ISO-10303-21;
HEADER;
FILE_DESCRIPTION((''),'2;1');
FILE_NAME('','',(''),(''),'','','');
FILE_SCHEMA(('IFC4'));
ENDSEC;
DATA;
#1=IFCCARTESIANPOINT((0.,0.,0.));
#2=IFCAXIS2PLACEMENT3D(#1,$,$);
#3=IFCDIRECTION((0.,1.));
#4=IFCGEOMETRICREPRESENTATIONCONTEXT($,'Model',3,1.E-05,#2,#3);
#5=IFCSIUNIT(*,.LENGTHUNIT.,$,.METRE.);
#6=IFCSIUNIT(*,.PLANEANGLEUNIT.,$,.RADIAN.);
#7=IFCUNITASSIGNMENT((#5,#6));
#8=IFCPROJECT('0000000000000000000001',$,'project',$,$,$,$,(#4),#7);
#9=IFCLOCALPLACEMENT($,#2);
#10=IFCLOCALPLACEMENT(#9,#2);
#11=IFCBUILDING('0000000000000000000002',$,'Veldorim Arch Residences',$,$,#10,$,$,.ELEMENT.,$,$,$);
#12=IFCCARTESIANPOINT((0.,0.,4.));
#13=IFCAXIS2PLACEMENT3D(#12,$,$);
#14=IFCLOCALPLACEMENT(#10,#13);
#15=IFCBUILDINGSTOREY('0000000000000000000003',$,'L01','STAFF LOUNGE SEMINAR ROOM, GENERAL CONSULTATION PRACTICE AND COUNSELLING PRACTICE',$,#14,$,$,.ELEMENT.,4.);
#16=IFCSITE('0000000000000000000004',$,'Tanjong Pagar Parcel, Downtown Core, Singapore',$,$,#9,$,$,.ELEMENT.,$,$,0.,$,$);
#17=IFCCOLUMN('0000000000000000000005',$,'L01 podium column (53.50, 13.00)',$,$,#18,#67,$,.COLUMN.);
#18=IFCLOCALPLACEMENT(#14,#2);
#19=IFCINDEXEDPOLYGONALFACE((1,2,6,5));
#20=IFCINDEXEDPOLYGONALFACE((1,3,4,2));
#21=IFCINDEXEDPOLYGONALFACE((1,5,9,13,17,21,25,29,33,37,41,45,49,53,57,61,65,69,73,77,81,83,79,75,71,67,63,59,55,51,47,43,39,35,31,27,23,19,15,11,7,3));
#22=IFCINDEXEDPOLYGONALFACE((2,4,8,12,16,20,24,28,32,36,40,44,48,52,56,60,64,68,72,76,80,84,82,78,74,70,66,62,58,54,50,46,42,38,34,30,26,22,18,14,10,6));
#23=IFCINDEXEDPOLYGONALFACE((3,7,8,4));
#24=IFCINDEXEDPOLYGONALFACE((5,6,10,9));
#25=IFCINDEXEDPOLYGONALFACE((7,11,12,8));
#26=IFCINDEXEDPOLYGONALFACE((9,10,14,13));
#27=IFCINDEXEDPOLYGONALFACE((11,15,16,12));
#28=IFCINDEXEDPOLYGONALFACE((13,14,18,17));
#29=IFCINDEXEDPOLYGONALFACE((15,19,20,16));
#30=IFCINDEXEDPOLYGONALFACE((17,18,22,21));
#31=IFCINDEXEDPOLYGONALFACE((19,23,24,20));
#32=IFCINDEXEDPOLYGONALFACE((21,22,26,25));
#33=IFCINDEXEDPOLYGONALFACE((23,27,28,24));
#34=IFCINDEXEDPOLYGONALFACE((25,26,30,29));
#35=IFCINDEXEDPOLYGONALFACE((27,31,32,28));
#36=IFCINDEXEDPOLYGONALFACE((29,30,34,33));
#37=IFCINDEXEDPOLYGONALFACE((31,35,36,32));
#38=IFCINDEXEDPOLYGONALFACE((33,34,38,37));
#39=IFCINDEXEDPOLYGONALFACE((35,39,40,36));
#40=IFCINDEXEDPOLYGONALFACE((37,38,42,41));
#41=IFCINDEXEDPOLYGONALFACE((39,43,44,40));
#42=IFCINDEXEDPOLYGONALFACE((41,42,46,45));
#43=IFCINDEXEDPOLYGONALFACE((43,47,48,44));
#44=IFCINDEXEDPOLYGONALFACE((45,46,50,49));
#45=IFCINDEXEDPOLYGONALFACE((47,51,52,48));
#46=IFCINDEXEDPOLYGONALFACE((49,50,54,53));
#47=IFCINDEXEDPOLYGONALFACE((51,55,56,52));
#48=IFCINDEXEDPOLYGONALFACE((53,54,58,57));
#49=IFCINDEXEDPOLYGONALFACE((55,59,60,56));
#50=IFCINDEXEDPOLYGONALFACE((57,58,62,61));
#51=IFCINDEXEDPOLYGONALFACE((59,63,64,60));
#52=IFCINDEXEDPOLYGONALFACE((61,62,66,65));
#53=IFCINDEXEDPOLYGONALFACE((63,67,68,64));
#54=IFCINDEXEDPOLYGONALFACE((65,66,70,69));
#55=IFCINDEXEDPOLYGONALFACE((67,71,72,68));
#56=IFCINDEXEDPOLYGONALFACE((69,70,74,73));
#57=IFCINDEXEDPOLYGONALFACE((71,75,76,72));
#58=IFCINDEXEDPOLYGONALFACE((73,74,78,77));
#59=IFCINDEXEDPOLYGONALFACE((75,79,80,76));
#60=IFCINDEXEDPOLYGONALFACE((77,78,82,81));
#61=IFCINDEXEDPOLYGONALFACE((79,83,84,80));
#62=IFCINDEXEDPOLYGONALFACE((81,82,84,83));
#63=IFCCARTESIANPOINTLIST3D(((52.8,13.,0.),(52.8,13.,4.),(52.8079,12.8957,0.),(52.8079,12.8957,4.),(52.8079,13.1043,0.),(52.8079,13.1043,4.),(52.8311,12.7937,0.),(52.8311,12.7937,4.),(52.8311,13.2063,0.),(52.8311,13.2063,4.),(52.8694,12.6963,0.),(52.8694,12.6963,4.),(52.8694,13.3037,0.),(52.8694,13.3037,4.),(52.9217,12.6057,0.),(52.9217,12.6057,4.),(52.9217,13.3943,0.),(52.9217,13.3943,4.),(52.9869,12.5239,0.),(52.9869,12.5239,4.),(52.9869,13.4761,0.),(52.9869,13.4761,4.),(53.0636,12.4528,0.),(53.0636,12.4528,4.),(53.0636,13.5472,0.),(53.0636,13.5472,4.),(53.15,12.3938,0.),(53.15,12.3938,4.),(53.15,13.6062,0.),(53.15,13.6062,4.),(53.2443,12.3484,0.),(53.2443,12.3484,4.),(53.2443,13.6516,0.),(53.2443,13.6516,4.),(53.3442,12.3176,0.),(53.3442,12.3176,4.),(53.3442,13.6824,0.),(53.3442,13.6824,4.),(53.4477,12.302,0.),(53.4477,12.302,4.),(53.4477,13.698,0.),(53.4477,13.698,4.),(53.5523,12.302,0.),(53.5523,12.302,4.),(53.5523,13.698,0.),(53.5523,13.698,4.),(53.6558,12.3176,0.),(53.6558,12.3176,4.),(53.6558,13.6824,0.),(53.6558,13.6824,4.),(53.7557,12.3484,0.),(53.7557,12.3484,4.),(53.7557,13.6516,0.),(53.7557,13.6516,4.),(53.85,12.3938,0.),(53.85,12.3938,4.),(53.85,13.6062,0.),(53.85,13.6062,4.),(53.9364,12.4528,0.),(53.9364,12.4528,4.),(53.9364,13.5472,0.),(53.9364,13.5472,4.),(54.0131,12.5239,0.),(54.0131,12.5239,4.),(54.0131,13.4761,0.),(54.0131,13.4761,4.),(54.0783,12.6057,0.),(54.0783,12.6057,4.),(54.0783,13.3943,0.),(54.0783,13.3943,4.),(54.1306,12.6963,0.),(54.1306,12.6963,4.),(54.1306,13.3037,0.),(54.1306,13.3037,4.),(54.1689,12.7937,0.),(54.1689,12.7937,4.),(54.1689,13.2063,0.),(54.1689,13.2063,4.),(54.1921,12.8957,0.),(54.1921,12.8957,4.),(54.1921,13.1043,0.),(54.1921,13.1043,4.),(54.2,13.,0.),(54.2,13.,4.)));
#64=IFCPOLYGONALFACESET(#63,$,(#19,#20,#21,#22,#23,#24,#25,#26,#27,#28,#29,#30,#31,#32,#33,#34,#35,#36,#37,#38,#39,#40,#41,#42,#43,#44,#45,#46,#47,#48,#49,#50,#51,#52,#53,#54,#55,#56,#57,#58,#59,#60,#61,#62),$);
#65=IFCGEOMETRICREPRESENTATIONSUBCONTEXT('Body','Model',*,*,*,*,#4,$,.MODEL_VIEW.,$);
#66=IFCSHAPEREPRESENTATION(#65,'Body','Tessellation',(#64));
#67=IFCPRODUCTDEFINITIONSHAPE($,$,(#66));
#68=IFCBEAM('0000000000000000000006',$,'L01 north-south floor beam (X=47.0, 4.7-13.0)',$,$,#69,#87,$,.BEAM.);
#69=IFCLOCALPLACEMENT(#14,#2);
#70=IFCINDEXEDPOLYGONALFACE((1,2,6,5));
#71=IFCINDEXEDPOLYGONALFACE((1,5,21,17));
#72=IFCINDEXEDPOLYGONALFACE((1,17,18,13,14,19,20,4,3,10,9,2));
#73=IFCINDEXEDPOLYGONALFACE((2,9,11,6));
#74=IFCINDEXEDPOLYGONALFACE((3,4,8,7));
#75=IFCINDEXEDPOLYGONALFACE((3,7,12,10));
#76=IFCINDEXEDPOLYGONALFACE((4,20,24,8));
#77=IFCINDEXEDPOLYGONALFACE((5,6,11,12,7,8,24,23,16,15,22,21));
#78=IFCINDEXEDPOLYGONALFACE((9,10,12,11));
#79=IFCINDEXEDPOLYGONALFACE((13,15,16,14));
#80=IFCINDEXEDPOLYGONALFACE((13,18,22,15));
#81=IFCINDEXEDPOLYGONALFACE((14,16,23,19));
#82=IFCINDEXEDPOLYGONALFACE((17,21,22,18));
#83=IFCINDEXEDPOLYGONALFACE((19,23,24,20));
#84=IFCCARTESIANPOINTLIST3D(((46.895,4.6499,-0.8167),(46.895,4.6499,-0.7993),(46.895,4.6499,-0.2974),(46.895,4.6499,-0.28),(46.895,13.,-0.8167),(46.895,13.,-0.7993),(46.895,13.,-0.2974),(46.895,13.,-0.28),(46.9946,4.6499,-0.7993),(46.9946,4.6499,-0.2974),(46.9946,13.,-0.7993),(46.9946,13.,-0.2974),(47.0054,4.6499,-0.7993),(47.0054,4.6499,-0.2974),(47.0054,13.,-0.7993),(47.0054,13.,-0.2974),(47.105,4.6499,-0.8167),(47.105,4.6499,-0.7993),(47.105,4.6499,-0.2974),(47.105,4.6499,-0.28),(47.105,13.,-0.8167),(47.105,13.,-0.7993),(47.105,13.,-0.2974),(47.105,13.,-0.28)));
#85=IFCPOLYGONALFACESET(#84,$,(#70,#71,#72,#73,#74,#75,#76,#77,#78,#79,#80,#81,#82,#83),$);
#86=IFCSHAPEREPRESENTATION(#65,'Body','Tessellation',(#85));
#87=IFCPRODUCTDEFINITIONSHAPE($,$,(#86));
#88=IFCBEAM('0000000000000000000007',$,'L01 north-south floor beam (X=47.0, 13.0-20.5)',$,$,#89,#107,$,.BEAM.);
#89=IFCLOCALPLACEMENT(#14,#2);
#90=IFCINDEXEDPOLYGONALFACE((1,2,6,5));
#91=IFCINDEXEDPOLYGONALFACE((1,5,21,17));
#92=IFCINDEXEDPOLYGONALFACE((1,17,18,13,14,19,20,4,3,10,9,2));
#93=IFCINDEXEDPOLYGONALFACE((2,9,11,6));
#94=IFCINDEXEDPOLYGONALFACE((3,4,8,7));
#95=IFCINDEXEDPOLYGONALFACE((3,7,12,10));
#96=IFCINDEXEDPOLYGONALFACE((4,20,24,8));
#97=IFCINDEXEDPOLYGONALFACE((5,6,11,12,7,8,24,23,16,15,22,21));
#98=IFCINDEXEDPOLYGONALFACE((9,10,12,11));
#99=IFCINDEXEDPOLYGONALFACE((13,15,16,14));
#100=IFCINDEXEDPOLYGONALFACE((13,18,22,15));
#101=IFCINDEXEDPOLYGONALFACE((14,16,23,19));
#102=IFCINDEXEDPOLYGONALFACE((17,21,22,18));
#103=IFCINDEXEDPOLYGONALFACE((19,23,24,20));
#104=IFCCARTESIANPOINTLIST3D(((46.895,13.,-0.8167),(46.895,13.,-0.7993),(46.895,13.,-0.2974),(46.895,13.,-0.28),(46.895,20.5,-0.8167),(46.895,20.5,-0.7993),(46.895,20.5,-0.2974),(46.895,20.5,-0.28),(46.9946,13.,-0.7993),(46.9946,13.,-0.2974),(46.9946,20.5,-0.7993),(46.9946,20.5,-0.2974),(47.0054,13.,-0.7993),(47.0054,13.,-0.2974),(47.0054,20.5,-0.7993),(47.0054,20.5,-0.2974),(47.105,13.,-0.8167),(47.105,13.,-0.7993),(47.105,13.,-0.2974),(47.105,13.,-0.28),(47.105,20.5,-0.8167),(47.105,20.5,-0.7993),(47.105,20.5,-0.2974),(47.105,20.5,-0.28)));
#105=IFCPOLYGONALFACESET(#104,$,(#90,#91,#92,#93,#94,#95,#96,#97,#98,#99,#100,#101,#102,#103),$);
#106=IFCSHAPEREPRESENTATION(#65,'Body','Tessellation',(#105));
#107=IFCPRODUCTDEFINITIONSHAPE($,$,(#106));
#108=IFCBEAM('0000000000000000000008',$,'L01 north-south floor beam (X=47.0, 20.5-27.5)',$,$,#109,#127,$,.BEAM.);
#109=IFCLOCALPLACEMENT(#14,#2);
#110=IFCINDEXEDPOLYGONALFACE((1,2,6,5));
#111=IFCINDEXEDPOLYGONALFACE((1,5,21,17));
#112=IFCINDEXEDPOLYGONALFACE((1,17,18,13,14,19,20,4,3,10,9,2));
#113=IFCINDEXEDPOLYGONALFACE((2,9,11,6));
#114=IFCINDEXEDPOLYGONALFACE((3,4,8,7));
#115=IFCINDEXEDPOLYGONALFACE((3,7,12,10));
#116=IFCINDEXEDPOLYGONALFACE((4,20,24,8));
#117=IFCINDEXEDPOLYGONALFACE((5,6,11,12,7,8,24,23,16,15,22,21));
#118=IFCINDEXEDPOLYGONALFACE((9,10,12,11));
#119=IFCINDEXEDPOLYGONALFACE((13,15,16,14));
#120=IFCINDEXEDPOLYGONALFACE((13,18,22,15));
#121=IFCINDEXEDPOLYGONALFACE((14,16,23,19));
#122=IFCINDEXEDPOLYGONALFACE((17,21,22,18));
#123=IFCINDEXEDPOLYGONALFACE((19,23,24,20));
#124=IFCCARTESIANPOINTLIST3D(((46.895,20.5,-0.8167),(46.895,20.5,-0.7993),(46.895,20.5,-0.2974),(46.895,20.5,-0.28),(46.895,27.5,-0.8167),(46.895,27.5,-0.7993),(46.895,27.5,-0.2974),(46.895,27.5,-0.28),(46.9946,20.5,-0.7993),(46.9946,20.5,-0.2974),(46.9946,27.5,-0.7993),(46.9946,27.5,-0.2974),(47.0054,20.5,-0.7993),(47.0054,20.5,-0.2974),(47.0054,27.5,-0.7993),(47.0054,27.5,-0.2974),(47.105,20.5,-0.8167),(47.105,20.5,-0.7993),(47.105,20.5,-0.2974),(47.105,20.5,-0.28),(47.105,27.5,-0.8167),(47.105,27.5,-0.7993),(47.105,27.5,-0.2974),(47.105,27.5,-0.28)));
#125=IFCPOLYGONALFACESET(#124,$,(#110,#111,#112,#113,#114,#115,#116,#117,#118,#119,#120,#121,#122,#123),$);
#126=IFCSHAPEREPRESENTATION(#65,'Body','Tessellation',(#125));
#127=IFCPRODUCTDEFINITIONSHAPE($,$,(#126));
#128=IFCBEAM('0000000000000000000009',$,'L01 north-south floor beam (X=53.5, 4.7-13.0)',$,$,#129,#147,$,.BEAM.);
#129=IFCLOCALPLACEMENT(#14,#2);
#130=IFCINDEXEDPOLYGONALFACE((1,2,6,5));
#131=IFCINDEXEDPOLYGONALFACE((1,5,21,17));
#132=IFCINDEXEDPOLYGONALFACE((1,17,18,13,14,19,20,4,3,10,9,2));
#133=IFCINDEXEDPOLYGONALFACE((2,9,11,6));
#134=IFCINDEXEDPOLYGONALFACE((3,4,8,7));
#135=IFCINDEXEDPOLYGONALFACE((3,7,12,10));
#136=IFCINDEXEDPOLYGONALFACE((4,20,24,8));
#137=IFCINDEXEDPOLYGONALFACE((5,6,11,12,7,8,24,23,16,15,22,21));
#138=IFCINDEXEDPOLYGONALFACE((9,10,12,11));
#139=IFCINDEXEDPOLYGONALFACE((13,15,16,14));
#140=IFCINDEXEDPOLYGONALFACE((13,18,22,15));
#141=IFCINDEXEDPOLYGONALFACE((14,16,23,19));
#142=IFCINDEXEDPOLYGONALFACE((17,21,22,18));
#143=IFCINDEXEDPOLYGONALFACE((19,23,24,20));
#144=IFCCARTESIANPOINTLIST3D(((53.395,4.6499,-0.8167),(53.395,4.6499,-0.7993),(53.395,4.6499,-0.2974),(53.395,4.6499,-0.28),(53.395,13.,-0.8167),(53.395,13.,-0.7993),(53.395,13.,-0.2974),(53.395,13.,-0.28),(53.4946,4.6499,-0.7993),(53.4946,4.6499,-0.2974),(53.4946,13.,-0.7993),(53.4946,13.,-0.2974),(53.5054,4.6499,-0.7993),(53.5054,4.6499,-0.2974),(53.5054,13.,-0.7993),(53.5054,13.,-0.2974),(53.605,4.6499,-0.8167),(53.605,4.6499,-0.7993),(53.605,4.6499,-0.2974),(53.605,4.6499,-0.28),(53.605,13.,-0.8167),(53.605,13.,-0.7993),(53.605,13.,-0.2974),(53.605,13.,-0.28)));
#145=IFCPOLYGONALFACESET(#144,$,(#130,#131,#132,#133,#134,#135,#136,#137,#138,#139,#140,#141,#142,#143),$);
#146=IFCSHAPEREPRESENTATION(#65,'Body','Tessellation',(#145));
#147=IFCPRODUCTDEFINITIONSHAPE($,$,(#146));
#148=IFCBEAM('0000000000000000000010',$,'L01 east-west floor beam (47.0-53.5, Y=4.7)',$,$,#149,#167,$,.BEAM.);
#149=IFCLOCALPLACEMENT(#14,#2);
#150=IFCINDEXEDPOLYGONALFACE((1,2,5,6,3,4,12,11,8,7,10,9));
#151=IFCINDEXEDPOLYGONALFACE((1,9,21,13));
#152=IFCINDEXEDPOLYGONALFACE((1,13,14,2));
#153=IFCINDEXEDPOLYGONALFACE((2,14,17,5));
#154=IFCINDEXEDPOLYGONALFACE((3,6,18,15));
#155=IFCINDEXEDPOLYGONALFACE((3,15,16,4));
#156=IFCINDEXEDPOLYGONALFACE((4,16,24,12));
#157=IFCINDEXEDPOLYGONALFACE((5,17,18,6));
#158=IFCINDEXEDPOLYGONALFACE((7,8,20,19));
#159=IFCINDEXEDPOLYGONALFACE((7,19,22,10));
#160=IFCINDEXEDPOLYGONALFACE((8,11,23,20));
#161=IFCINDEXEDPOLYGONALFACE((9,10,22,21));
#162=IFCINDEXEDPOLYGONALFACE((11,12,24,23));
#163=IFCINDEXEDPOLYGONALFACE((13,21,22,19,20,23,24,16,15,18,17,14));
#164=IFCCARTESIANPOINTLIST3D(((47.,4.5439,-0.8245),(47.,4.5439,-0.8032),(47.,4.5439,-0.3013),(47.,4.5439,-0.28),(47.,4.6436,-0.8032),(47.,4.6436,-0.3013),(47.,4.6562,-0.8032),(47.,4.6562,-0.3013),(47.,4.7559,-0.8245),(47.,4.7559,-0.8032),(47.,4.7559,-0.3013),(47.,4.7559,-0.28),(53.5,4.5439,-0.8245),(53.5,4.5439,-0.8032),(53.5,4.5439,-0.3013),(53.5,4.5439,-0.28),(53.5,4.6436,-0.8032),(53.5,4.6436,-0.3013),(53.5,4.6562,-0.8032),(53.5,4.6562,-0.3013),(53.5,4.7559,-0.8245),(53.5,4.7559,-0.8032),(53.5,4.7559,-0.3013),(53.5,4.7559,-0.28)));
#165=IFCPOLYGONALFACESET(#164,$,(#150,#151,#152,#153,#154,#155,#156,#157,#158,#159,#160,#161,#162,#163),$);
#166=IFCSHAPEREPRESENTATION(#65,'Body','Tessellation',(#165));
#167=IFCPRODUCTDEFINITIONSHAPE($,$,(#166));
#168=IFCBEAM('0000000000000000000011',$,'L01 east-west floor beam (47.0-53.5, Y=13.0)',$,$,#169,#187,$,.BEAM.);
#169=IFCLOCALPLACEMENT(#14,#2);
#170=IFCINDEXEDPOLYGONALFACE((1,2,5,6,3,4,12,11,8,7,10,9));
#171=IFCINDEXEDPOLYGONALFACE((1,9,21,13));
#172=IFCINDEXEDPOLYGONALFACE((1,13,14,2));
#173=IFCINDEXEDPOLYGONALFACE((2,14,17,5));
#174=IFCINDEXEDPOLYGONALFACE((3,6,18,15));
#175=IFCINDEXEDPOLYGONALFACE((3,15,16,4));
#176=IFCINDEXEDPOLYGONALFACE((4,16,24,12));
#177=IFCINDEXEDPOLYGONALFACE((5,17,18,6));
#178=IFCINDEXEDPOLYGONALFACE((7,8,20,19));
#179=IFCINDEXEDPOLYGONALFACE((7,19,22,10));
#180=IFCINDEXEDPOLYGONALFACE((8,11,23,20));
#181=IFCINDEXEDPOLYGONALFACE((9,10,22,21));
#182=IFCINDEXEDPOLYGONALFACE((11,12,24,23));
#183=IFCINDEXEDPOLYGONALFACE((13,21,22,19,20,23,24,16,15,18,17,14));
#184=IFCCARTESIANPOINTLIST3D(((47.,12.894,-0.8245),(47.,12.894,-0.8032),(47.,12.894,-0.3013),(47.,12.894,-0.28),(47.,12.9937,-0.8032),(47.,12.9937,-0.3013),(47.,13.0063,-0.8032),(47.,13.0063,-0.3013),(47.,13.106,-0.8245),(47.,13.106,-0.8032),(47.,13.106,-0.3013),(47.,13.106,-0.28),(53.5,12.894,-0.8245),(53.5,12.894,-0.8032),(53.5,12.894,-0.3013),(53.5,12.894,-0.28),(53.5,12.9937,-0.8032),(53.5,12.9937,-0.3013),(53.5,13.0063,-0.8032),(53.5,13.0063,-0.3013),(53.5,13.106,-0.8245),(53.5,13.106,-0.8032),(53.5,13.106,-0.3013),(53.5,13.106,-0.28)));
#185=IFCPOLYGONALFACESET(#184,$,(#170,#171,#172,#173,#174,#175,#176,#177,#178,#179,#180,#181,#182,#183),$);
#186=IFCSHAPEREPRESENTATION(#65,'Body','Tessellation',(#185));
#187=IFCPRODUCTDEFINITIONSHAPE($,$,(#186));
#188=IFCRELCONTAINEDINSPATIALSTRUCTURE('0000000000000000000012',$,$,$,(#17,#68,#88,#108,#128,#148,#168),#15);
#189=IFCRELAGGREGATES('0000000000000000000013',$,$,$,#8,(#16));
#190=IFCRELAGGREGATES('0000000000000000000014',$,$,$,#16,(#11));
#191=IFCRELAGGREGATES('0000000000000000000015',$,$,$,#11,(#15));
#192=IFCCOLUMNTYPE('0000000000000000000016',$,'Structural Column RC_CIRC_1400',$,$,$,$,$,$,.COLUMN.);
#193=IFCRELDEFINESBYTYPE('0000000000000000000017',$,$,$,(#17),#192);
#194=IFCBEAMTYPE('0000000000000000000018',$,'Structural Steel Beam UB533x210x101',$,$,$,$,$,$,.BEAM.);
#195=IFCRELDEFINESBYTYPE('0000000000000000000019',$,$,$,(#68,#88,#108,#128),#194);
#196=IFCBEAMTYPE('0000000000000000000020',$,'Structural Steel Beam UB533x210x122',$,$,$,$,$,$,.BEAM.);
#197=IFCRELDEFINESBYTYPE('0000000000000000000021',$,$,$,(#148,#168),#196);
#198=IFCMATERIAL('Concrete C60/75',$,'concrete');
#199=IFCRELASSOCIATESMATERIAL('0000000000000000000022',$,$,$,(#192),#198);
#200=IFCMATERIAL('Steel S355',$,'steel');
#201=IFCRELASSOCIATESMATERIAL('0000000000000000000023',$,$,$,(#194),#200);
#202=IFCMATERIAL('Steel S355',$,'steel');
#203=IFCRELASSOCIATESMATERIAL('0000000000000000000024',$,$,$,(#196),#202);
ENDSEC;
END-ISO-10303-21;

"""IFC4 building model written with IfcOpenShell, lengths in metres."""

from ifc_helpers import new_model, si_unit, direction, frame, origin, origin_2d, place, context, subcontext, project, spatial, circle, i_section, extrude, material, material_profile, profile_set, type_object, element, save


model = new_model("IFC4")

# Units and contexts
model_context = context("Model", 3, precision=1e-05, world=origin(), true_north=direction((0.0, 1.0)))
body_context = subcontext(model_context, "Body", "Model", "MODEL_VIEW")
ifc_project = project(units=[si_unit("LENGTHUNIT", "METRE"), si_unit("PLANEANGLEUNIT", "RADIAN")], contexts=[model_context])

# Site, building, storey
site_placement = place(None, origin())
site = spatial("IfcSite", under=ifc_project, at=site_placement, Name="Tanjong Pagar Parcel, Downtown Core, Singapore", CompositionType="ELEMENT", RefElevation=0.0)
building_placement = place(site_placement, origin())
building = spatial("IfcBuilding", under=site, at=building_placement, Name="Veldorim Arch Residences", CompositionType="ELEMENT")
storey_placement = place(building_placement, frame((0.0, 0.0, 4.0)))
storey = spatial("IfcBuildingStorey", under=building, at=storey_placement, Name="L01", Description="STAFF LOUNGE SEMINAR ROOM, GENERAL CONSULTATION PRACTICE AND COUNSELLING PRACTICE", CompositionType="ELEMENT", Elevation=4.0)

# Column
ifc_material_1 = material(Name="Concrete C60/75", Category="concrete")
ifc_material_profile_1 = material_profile(ifc_material_1, circle(Radius=0.7, at=origin_2d()), Name="RC_CIRC_1400")
ifc_profile_set_1 = profile_set([ifc_material_profile_1], Name="Concrete C60/75")
column_type = type_object("IfcColumnType", Name="Structural Column RC_CIRC_1400", PredefinedType="COLUMN", material=ifc_profile_set_1)
for number, where, z_axis, x_axis, name in (
    (1, (53.5, 13.0, 0.0), (0.0, 0.0, 1.0), (1.0, 0.0, 0.0), "L01 podium column (53.50, 13.00)"),
):
    element("IfcColumn", number, at=place(storey_placement, frame(where, z_axis=z_axis, x_axis=x_axis)), inside=storey, type_object=column_type, Name=name, PredefinedType="COLUMN", context=body_context, shape_type="SweptSolid", body=[
        extrude(circle(Radius=0.7, at=origin_2d()), origin(), (0.0, 0.0, 1.0), 4.0),
    ])

# Beams
ifc_material_2 = material(Name="Steel S355", Category="steel")
ifc_material_profile_2 = material_profile(ifc_material_2, i_section(OverallWidth=0.21, OverallDepth=0.5366, WebThickness=0.0107, FlangeThickness=0.0173, at=origin_2d()), Name="UB533x210x101")
ifc_profile_set_2 = profile_set([ifc_material_profile_2], Name="Steel S355")
beam_type_1 = type_object("IfcBeamType", Name="Structural Steel Beam UB533x210x101", PredefinedType="BEAM", material=ifc_profile_set_2)
beam_1_placement = place(storey_placement, frame((47.0, 4.6499, -0.5483), z_axis=(0.0, 1.0, 0.0), x_axis=(-1.0, 0.0, 0.0)))
element("IfcBeam", 2, at=beam_1_placement, inside=storey, type_object=beam_type_1, Name="L01 north-south floor beam (X=47.0, 4.7-13.0)", PredefinedType="BEAM", context=body_context, shape_type="SweptSolid", body=[
    extrude(i_section(OverallWidth=0.21, OverallDepth=0.5366, WebThickness=0.0107, FlangeThickness=0.0173, at=origin_2d()), origin(), (0.0, 0.0, 1.0), 8.3501),
])
beam_2_placement = place(storey_placement, frame((47.0, 13.0, -0.5483), z_axis=(0.0, 1.0, 0.0), x_axis=(-1.0, 0.0, 0.0)))
element("IfcBeam", 3, at=beam_2_placement, inside=storey, type_object=beam_type_1, Name="L01 north-south floor beam (X=47.0, 13.0-20.5)", PredefinedType="BEAM", context=body_context, shape_type="SweptSolid", body=[
    extrude(i_section(OverallWidth=0.21, OverallDepth=0.5366, WebThickness=0.0107, FlangeThickness=0.0173, at=origin_2d()), origin(), (0.0, 0.0, 1.0), 7.5),
])
beam_3_placement = place(storey_placement, frame((47.0, 20.5, -0.5483), z_axis=(0.0, 1.0, 0.0), x_axis=(-1.0, 0.0, 0.0)))
element("IfcBeam", 4, at=beam_3_placement, inside=storey, type_object=beam_type_1, Name="L01 north-south floor beam (X=47.0, 20.5-27.5)", PredefinedType="BEAM", context=body_context, shape_type="SweptSolid", body=[
    extrude(i_section(OverallWidth=0.21, OverallDepth=0.5366, WebThickness=0.0107, FlangeThickness=0.0173, at=origin_2d()), origin(), (0.0, 0.0, 1.0), 7.0),
])
beam_4_placement = place(storey_placement, frame((53.5, 4.6499, -0.5483), z_axis=(0.0, 1.0, 0.0), x_axis=(-1.0, 0.0, 0.0)))
element("IfcBeam", 5, at=beam_4_placement, inside=storey, type_object=beam_type_1, Name="L01 north-south floor beam (X=53.5, 4.7-13.0)", PredefinedType="BEAM", context=body_context, shape_type="SweptSolid", body=[
    extrude(i_section(OverallWidth=0.21, OverallDepth=0.5366, WebThickness=0.0107, FlangeThickness=0.0173, at=origin_2d()), origin(), (0.0, 0.0, 1.0), 8.3501),
])
ifc_material_3 = material(Name="Steel S355", Category="steel")
ifc_material_profile_3 = material_profile(ifc_material_3, i_section(OverallWidth=0.2119, OverallDepth=0.5444, WebThickness=0.0127, FlangeThickness=0.0212, at=origin_2d()), Name="UB533x210x122")
ifc_profile_set_3 = profile_set([ifc_material_profile_3], Name="Steel S355")
beam_type_2 = type_object("IfcBeamType", Name="Structural Steel Beam UB533x210x122", PredefinedType="BEAM", material=ifc_profile_set_3)
for number, where, z_axis, x_axis, name in (
    (6, (47.0, 4.6499, -0.5522), (1.0, 0.0, 0.0), (0.0, 1.0, 0.0), "L01 east-west floor beam (47.0-53.5, Y=4.7)"),
    (7, (47.0, 13.0, -0.5522), (1.0, 0.0, 0.0), (0.0, 1.0, 0.0), "L01 east-west floor beam (47.0-53.5, Y=13.0)"),
):
    element("IfcBeam", number, at=place(storey_placement, frame(where, z_axis=z_axis, x_axis=x_axis)), inside=storey, type_object=beam_type_2, Name=name, PredefinedType="BEAM", context=body_context, shape_type="SweptSolid", body=[
        extrude(i_section(OverallWidth=0.2119, OverallDepth=0.5444, WebThickness=0.0127, FlangeThickness=0.0212, at=origin_2d()), origin(), (0.0, 0.0, 1.0), 6.5),
    ])

save(model, "model.ifc")
